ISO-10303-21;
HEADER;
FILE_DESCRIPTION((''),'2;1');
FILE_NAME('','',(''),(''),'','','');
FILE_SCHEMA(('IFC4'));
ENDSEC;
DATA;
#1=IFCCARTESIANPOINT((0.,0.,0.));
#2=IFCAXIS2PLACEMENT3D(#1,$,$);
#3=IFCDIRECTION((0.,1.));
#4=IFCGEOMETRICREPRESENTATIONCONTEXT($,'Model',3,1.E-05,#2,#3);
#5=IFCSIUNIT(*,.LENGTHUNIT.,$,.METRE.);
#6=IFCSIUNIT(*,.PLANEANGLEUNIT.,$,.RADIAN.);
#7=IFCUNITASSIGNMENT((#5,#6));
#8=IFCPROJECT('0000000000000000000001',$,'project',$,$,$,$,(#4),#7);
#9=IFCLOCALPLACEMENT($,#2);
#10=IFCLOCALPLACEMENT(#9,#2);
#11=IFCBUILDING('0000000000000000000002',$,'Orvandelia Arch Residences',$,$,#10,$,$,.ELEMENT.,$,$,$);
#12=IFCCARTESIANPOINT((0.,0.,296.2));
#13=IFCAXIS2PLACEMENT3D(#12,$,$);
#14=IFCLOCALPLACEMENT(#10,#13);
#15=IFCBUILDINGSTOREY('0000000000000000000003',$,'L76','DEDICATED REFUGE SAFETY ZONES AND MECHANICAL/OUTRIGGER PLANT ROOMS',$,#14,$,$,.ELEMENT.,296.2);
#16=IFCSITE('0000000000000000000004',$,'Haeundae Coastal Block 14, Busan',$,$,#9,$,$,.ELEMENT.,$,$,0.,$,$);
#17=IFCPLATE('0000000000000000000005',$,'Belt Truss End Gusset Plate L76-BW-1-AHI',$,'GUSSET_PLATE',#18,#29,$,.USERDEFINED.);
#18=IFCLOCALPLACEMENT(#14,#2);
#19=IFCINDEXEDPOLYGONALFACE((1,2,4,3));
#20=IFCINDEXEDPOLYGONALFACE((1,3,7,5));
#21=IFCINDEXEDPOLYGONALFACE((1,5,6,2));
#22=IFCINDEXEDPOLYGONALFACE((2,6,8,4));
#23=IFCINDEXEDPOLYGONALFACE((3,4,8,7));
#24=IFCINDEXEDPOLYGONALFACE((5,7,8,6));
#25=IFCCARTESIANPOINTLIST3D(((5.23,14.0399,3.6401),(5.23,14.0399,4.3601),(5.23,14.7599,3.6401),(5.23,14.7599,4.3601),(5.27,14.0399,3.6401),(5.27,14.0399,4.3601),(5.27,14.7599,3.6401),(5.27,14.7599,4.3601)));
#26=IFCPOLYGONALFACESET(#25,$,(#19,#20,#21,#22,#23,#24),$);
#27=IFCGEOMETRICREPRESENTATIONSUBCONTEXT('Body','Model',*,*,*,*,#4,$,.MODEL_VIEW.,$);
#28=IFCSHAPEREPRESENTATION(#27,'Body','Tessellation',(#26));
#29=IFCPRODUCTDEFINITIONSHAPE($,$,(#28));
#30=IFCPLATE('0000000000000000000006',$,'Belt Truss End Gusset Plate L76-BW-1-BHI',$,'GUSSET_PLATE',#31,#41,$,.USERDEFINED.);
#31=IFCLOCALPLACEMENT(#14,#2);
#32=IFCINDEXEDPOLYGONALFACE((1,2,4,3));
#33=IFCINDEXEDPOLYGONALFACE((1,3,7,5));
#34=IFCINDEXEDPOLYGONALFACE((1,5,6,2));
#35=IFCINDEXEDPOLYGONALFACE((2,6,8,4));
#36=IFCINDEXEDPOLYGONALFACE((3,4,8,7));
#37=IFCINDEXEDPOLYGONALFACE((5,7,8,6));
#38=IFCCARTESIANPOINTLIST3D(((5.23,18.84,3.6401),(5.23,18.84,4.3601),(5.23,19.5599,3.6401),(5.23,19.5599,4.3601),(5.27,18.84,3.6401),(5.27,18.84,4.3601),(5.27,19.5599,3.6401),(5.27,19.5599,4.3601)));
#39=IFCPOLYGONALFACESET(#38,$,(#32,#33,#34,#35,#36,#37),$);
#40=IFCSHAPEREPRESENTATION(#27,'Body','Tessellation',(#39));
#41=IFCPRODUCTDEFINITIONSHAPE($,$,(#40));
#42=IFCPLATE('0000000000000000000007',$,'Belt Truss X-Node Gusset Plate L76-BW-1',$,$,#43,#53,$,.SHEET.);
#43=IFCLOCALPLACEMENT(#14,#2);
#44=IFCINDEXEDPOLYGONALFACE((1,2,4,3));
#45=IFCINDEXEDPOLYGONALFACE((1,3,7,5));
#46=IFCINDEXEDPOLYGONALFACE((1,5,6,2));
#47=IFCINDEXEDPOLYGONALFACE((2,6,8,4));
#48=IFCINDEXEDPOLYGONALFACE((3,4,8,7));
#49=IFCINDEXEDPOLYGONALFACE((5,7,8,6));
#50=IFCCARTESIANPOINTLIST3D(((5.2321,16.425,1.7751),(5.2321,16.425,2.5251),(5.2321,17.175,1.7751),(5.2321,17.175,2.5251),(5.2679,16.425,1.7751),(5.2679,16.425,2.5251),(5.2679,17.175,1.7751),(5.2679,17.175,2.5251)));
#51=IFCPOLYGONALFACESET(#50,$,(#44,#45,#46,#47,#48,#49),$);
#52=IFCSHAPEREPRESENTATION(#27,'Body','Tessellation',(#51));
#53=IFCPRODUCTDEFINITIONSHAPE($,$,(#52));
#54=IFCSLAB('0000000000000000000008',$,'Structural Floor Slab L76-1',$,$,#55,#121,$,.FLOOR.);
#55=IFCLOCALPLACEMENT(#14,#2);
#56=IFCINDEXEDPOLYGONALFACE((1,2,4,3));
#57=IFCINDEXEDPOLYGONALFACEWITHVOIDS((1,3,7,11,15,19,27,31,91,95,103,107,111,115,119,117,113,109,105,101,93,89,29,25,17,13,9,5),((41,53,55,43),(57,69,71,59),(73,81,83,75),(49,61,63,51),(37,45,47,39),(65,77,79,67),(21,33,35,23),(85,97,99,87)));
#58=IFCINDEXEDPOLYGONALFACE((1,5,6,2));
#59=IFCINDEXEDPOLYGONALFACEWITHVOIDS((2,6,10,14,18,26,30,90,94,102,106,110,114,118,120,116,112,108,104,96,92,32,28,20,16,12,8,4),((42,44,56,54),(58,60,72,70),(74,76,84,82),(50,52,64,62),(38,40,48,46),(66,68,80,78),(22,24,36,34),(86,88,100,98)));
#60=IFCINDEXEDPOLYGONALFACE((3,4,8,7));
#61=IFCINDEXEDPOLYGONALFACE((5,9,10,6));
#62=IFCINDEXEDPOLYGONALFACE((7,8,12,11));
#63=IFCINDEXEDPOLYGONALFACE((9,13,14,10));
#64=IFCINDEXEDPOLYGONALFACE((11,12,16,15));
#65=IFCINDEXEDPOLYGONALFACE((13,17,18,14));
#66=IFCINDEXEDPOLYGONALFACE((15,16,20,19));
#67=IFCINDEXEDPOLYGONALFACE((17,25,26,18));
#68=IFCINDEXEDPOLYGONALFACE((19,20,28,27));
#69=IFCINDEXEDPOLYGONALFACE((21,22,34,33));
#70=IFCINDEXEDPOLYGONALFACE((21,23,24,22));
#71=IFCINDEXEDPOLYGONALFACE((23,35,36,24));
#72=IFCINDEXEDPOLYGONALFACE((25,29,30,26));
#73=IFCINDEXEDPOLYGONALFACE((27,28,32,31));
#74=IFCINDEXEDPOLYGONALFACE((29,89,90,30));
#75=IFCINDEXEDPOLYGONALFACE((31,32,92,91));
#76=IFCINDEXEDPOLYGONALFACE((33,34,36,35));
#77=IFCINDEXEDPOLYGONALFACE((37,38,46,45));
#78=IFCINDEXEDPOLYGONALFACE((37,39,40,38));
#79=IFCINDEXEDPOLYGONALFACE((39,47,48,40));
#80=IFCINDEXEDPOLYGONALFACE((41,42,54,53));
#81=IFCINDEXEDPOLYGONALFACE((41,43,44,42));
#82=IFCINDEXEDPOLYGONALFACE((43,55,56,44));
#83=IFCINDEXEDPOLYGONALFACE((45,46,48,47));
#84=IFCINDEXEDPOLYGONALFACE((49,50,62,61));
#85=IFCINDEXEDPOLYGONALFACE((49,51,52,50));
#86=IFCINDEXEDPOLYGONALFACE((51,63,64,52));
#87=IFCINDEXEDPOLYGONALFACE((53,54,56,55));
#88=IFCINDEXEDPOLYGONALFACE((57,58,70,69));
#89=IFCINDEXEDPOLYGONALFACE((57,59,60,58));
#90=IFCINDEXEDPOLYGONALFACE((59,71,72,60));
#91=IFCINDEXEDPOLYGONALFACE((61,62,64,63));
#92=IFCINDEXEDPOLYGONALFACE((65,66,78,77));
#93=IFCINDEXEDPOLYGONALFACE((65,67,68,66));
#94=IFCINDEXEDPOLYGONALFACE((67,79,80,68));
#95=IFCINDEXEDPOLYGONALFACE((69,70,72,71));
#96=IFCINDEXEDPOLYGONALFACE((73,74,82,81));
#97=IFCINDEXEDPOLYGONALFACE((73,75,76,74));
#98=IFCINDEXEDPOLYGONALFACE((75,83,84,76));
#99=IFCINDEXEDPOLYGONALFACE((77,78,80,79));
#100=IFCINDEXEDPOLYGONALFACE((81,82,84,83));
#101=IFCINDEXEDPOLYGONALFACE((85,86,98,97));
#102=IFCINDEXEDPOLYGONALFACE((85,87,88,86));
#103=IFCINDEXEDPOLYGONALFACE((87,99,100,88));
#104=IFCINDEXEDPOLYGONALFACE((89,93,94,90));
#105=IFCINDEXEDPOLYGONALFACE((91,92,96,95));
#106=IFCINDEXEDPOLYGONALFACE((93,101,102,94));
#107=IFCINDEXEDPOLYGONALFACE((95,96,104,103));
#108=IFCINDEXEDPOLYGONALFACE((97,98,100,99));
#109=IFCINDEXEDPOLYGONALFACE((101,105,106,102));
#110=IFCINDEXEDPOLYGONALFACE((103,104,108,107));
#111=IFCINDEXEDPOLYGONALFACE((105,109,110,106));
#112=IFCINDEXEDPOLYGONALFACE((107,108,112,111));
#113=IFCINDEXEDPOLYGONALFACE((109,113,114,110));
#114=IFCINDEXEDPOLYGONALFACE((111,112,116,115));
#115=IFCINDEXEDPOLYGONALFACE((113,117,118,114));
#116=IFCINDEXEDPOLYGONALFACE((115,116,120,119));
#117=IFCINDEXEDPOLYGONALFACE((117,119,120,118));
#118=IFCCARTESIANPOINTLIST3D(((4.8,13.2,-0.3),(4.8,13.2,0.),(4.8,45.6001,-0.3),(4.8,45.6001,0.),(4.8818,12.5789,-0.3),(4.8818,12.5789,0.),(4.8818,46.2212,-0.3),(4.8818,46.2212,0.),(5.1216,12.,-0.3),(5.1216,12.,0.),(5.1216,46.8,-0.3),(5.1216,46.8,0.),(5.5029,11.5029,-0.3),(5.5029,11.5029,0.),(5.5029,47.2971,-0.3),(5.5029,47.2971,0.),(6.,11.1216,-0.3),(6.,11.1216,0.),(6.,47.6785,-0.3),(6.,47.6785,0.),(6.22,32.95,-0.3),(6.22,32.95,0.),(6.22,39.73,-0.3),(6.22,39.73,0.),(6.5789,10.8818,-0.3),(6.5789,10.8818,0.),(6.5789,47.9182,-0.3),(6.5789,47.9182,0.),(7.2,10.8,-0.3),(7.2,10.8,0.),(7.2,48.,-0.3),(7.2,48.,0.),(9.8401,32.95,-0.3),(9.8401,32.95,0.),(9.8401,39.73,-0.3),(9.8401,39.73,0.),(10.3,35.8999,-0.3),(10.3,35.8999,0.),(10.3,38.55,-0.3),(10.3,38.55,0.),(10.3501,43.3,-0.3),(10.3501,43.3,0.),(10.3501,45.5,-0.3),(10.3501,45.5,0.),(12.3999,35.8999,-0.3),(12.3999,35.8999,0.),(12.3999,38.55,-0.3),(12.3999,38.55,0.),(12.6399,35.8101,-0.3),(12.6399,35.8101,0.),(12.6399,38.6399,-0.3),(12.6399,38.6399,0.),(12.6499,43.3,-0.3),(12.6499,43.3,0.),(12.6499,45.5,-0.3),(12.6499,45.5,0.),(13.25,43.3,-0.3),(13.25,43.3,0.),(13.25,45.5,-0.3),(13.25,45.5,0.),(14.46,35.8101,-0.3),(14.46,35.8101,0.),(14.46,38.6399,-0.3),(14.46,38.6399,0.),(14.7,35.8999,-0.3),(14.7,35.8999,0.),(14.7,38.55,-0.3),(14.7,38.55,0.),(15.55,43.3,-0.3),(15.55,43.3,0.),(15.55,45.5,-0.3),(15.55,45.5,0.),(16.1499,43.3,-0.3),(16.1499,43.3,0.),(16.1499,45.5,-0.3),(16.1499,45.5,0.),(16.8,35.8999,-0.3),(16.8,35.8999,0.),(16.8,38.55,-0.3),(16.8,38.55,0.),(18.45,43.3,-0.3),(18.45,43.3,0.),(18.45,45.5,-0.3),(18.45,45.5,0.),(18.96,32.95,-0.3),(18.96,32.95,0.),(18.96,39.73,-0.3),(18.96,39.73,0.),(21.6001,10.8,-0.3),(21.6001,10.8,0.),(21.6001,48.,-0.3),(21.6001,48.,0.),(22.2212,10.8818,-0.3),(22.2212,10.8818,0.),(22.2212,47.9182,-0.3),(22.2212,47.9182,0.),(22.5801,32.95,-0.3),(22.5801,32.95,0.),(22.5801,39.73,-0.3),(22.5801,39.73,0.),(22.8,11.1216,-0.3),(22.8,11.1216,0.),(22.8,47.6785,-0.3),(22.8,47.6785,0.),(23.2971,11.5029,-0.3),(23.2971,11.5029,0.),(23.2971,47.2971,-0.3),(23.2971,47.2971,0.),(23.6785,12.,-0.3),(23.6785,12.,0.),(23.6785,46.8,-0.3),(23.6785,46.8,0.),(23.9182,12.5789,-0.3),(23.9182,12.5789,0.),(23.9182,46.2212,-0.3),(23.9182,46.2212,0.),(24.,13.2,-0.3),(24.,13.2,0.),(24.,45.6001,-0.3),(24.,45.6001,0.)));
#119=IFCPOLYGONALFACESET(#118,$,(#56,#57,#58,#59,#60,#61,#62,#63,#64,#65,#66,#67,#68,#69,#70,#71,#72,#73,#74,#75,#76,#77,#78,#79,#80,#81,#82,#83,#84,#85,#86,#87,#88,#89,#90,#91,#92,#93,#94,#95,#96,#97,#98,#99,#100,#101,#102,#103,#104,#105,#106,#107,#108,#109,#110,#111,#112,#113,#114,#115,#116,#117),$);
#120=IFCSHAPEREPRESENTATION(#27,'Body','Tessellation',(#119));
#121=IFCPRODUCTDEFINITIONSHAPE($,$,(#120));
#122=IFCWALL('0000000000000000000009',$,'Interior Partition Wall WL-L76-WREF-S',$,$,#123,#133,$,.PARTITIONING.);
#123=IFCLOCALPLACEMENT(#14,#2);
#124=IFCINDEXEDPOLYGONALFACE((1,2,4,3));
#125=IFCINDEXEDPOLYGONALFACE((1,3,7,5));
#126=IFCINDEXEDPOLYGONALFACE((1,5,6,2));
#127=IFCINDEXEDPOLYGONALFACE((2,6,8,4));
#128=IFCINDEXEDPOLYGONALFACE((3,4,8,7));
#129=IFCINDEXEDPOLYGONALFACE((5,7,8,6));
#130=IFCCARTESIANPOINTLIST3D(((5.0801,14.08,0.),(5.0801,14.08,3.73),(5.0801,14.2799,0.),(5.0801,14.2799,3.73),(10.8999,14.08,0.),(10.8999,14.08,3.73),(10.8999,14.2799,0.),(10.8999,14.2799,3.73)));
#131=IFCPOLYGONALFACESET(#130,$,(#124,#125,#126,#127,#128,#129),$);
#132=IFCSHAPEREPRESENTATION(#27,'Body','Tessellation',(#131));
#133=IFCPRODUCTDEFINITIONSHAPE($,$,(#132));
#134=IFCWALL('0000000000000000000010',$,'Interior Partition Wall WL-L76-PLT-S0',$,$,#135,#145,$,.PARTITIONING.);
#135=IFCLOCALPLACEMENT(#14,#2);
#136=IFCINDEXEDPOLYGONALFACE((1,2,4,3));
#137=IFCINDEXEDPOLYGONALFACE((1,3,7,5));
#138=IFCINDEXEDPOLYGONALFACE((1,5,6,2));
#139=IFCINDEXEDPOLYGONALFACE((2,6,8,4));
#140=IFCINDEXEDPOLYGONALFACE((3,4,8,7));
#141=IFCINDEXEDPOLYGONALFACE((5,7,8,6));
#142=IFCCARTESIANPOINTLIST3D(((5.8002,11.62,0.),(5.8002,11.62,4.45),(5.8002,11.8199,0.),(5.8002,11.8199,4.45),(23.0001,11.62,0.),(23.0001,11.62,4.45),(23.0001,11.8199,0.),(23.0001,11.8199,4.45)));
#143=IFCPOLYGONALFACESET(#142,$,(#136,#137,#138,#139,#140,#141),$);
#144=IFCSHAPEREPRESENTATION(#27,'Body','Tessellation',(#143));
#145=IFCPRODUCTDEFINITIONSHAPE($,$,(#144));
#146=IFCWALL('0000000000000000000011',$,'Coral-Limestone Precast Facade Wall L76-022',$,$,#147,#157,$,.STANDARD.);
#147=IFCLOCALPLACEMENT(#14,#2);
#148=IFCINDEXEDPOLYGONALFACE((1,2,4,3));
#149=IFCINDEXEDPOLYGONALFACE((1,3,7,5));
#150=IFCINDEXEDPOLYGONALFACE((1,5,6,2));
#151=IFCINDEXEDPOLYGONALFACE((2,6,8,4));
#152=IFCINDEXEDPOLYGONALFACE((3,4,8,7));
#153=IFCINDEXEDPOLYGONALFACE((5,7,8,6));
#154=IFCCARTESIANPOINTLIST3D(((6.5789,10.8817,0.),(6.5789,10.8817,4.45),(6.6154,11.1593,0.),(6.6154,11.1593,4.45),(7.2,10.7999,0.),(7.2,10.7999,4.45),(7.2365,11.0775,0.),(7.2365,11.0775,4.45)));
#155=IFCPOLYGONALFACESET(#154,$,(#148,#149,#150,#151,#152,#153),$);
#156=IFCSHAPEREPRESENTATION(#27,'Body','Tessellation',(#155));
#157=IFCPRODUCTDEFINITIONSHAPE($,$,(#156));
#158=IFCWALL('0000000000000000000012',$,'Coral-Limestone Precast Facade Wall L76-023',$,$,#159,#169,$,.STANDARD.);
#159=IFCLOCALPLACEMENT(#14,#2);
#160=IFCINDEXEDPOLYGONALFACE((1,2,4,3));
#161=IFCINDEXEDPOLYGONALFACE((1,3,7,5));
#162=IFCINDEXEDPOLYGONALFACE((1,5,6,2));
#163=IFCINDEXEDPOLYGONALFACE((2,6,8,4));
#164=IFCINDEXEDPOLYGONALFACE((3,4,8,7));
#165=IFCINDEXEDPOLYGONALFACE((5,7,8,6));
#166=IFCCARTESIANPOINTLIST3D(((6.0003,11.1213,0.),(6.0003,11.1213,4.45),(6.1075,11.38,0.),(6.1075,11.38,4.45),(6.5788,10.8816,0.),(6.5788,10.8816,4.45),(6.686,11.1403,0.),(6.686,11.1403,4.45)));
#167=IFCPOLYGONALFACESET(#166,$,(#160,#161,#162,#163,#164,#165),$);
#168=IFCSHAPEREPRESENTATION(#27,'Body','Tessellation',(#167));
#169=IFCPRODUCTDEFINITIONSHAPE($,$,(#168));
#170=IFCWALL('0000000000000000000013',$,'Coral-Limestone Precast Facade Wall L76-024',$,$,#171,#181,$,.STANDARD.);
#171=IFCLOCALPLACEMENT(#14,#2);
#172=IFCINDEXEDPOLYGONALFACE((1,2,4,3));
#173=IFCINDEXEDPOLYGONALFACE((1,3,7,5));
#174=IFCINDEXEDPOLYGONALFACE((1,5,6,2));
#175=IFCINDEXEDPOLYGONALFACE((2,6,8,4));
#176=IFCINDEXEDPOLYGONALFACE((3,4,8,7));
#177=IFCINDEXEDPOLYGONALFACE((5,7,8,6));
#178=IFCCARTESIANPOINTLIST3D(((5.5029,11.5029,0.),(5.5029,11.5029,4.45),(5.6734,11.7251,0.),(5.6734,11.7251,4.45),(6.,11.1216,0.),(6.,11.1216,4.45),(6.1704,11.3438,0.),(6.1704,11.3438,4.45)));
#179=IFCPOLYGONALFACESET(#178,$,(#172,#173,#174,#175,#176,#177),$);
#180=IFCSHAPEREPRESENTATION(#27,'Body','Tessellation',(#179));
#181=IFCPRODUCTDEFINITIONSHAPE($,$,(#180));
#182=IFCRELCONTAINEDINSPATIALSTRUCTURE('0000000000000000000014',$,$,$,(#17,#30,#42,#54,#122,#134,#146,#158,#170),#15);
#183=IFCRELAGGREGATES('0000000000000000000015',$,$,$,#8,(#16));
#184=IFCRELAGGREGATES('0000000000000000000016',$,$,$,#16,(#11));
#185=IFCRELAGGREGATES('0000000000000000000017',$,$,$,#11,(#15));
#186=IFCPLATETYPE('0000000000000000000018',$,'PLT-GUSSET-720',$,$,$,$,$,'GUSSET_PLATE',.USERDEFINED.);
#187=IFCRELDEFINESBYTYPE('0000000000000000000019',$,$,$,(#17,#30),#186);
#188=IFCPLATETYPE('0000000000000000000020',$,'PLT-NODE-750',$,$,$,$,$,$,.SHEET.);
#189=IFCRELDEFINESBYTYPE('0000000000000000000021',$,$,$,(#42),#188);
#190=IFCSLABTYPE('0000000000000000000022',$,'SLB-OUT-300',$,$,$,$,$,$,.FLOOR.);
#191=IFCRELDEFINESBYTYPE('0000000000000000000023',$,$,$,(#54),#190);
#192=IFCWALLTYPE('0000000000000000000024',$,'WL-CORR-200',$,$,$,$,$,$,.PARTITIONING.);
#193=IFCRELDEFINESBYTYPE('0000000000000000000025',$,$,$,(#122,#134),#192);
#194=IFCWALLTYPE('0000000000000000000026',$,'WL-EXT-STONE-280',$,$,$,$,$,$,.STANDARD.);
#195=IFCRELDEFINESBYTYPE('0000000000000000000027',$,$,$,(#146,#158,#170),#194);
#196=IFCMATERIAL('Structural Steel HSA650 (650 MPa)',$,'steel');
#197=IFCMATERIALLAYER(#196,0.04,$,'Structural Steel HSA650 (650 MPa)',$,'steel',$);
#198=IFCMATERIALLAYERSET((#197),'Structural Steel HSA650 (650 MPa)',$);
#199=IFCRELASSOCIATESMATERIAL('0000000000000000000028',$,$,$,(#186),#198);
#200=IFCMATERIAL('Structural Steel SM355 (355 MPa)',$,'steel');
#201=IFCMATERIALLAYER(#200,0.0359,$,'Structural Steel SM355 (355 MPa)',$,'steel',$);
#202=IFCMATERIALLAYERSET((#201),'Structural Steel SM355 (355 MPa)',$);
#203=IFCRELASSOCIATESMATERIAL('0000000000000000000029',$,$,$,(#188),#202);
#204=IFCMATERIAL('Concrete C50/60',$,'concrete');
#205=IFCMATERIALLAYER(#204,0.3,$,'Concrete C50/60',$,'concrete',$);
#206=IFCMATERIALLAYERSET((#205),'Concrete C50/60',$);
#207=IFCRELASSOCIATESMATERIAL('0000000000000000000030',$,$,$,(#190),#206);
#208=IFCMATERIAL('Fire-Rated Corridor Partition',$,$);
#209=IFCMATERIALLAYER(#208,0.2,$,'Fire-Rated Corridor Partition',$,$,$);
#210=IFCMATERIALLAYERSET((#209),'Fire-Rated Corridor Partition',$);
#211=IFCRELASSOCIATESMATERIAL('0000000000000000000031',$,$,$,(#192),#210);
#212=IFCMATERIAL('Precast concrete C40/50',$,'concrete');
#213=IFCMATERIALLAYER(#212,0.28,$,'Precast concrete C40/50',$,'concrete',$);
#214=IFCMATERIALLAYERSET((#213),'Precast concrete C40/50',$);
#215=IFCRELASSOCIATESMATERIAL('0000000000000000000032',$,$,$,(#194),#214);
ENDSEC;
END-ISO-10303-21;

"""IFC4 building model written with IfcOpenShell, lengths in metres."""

from ifc_helpers import new_model, si_unit, direction, frame, frame_2d, origin, origin_2d, place, context, subcontext, project, spatial, polyline, rectangle, outline, extrude, material, layer, layer_set, type_object, element, save


model = new_model("IFC4")

# Units and contexts
model_context = context("Model", 3, precision=1e-05, world=origin(), true_north=direction((0.0, 1.0)))
body_context = subcontext(model_context, "Body", "Model", "MODEL_VIEW")
ifc_project = project(units=[si_unit("LENGTHUNIT", "METRE"), si_unit("PLANEANGLEUNIT", "RADIAN")], contexts=[model_context])

# Site, building, storey
site_placement = place(None, origin())
site = spatial("IfcSite", under=ifc_project, at=site_placement, Name="Haeundae Coastal Block 14, Busan", CompositionType="ELEMENT", RefElevation=0.0)
building_placement = place(site_placement, origin())
building = spatial("IfcBuilding", under=site, at=building_placement, Name="Orvandelia Arch Residences", CompositionType="ELEMENT")
storey_placement = place(building_placement, frame((0.0, 0.0, 296.2)))
storey = spatial("IfcBuildingStorey", under=building, at=storey_placement, Name="L76", Description="DEDICATED REFUGE SAFETY ZONES AND MECHANICAL/OUTRIGGER PLANT ROOMS", CompositionType="ELEMENT", Elevation=296.2)

# Shared definitions
ifc_material_1 = material(Name="Concrete C50/60", Category="concrete")

# Shared definitions
ifc_material_2 = material(Name="Structural Steel SM355 (355 MPa)", Category="steel")

# Shared definitions
ifc_material_3 = material(Name="Structural Steel HSA650 (650 MPa)", Category="steel")

# Plates
ifc_layer_1 = layer(ifc_material_3, 0.04, Name="Structural Steel HSA650 (650 MPa)", Category="steel")
ifc_layer_set_1 = layer_set([ifc_layer_1], Name="Structural Steel HSA650 (650 MPa)")
plate_type_1 = type_object("IfcPlateType", Name="PLT-GUSSET-720", ElementType="GUSSET_PLATE", PredefinedType="USERDEFINED", material=ifc_layer_set_1)
for number, where, z_axis, x_axis, name in (
    (1, (5.25, 14.3999, 3.6401), (0.0, 0.0, 1.0), (0.0, 1.0, 0.0), "Belt Truss End Gusset Plate L76-BW-1-AHI"),
    (2, (5.25, 19.2, 3.6401), (0.0, 0.0, 1.0), (0.0, 1.0, 0.0), "Belt Truss End Gusset Plate L76-BW-1-BHI"),
):
    element("IfcPlate", number, at=place(storey_placement, frame(where, z_axis=z_axis, x_axis=x_axis)), inside=storey, type_object=plate_type_1, Name=name, ObjectType="GUSSET_PLATE", PredefinedType="USERDEFINED", context=body_context, shape_type="SweptSolid", body=[
        extrude(rectangle(XDim=0.72, YDim=0.04, at=origin_2d()), origin(), (0.0, 0.0, 1.0), 0.72),
    ])
ifc_layer_2 = layer(ifc_material_2, 0.0359, Name="Structural Steel SM355 (355 MPa)", Category="steel")
ifc_layer_set_2 = layer_set([ifc_layer_2], Name="Structural Steel SM355 (355 MPa)")
plate_type_2 = type_object("IfcPlateType", Name="PLT-NODE-750", PredefinedType="SHEET", material=ifc_layer_set_2)
plate_placement = place(storey_placement, frame((5.25, 16.8, 1.7751), z_axis=(0.0, 0.0, 1.0), x_axis=(0.0, 1.0, 0.0)))
element("IfcPlate", 3, at=plate_placement, inside=storey, type_object=plate_type_2, Name="Belt Truss X-Node Gusset Plate L76-BW-1", PredefinedType="SHEET", context=body_context, shape_type="SweptSolid", body=[
    extrude(rectangle(XDim=0.75, YDim=0.0359, at=origin_2d()), origin(), (0.0, 0.0, 1.0), 0.75),
])

# Slab
ifc_layer_3 = layer(ifc_material_1, 0.3, Name="Concrete C50/60", Category="concrete")
ifc_layer_set_3 = layer_set([ifc_layer_3], Name="Concrete C50/60")
slab_type = type_object("IfcSlabType", Name="SLB-OUT-300", PredefinedType="FLOOR", material=ifc_layer_set_3)
slab_placement = place(storey_placement, frame((0.0, 0.0, -0.3)))
element("IfcSlab", 4, at=slab_placement, inside=storey, type_object=slab_type, Name="Structural Floor Slab L76-1", PredefinedType="FLOOR", context=body_context, shape_type="SweptSolid", body=[
    extrude(outline(polyline([(4.8, 13.2), (4.8818, 12.5789), (5.1216, 12.0), (5.5029, 11.5029), (6.0, 11.1216), (6.5789, 10.8818), (7.2, 10.8), (21.6001, 10.8), (22.2212, 10.8818), (22.8, 11.1216), (23.2971, 11.5029), (23.6785, 12.0), (23.9182, 12.5789), (24.0, 13.2), (24.0, 45.6001), (23.9182, 46.2212), (23.6785, 46.8), (23.2971, 47.2971), (22.8, 47.6785), (22.2212, 47.9182), (21.6001, 48.0), (7.2, 48.0), (6.5789, 47.9182), (6.0, 47.6785), (5.5029, 47.2971), (5.1216, 46.8), (4.8818, 46.2212), (4.8, 45.6001), (4.8, 13.2)]), holes=[polyline([(6.22, 32.95), (9.8401, 32.95), (9.8401, 39.73), (6.22, 39.73), (6.22, 32.95)]), polyline([(18.96, 32.95), (22.5801, 32.95), (22.5801, 39.73), (18.96, 39.73), (18.96, 32.95)]), polyline([(12.6399, 35.8101), (14.46, 35.8101), (14.46, 38.6399), (12.6399, 38.6399), (12.6399, 35.8101)]), polyline([(10.3, 35.8999), (12.3999, 35.8999), (12.3999, 38.55), (10.3, 38.55), (10.3, 35.8999)]), polyline([(14.7, 35.8999), (16.8, 35.8999), (16.8, 38.55), (14.7, 38.55), (14.7, 35.8999)]), polyline([(10.3501, 43.3), (12.6499, 43.3), (12.6499, 45.5), (10.3501, 45.5), (10.3501, 43.3)]), polyline([(13.25, 43.3), (15.55, 43.3), (15.55, 45.5), (13.25, 45.5), (13.25, 43.3)]), polyline([(16.1499, 43.3), (18.45, 43.3), (18.45, 45.5), (16.1499, 45.5), (16.1499, 43.3)])]), origin(), (0.0, 0.0, 1.0), 0.3),
])

# Walls
ifc_material_4 = material(Name="Fire-Rated Corridor Partition")
ifc_layer_4 = layer(ifc_material_4, 0.2, Name="Fire-Rated Corridor Partition")
ifc_layer_set_4 = layer_set([ifc_layer_4], Name="Fire-Rated Corridor Partition")
wall_type_1 = type_object("IfcWallType", Name="WL-CORR-200", PredefinedType="PARTITIONING", material=ifc_layer_set_4)
wall_1_placement = place(storey_placement, frame((5.0801, 14.1799, 0.0), z_axis=(0.0, 0.0, 1.0), x_axis=(1.0, 0.0, 0.0)))
element("IfcWall", 5, at=wall_1_placement, inside=storey, type_object=wall_type_1, Name="Interior Partition Wall WL-L76-WREF-S", PredefinedType="PARTITIONING", context=body_context, shape_type="SweptSolid", body=[
    extrude(rectangle(XDim=5.8198, YDim=0.2, at=frame_2d((2.9099, 0.0))), origin(), (0.0, 0.0, 1.0), 3.73),
])
wall_2_placement = place(storey_placement, frame((5.8, 11.72, 0.0), z_axis=(0.0, 0.0, 1.0), x_axis=(1.0, 0.0, 0.0)))
element("IfcWall", 6, at=wall_2_placement, inside=storey, type_object=wall_type_1, Name="Interior Partition Wall WL-L76-PLT-S0", PredefinedType="PARTITIONING", context=body_context, shape_type="SweptSolid", body=[
    extrude(rectangle(XDim=17.2, YDim=0.2, at=frame_2d((8.6001, 0.0))), origin(), (0.0, 0.0, 1.0), 4.45),
])
ifc_material_5 = material(Name="Precast concrete C40/50", Category="concrete")
ifc_layer_5 = layer(ifc_material_5, 0.28, Name="Precast concrete C40/50", Category="concrete")
ifc_layer_set_5 = layer_set([ifc_layer_5], Name="Precast concrete C40/50")
wall_type_2 = type_object("IfcWallType", Name="WL-EXT-STONE-280", PredefinedType="STANDARD", material=ifc_layer_set_5)
wall_3_placement = place(storey_placement, frame((7.2183, 10.9387, 0.0), z_axis=(0.0, 0.0, 1.0), x_axis=(-0.991441, 0.130555, 0.0)))
element("IfcWall", 7, at=wall_3_placement, inside=storey, type_object=wall_type_2, Name="Coral-Limestone Precast Facade Wall L76-022", PredefinedType="STANDARD", context=body_context, shape_type="SweptSolid", body=[
    extrude(rectangle(XDim=0.6265, YDim=0.28, at=frame_2d((0.3132, 0.0))), origin(), (0.0, 0.0, 1.0), 4.45),
])
wall_4_placement = place(storey_placement, frame((6.6323, 11.011, 0.0), z_axis=(0.0, 0.0, 1.0), x_axis=(-0.923836, 0.382788, 0.0)))
element("IfcWall", 8, at=wall_4_placement, inside=storey, type_object=wall_type_2, Name="Coral-Limestone Precast Facade Wall L76-023", PredefinedType="STANDARD", context=body_context, shape_type="SweptSolid", body=[
    extrude(rectangle(XDim=0.6262, YDim=0.28, at=frame_2d((0.313, 0.0))), origin(), (0.0, 0.0, 1.0), 4.45),
])
for number, where, z_axis, x_axis, name in (
    (9, (6.0852, 11.2327, 0.0), (0.0, 0.0, 1.0), (-0.793406, 0.608693, 0.0), "Coral-Limestone Precast Facade Wall L76-024"),
):
    element("IfcWall", number, at=place(storey_placement, frame(where, z_axis=z_axis, x_axis=x_axis)), inside=storey, type_object=wall_type_2, Name=name, PredefinedType="STANDARD", context=body_context, shape_type="SweptSolid", body=[
        extrude(rectangle(XDim=0.6265, YDim=0.28, at=frame_2d((0.3132, 0.0))), origin(), (0.0, 0.0, 1.0), 4.45),
    ])

save(model, "model.ifc")
